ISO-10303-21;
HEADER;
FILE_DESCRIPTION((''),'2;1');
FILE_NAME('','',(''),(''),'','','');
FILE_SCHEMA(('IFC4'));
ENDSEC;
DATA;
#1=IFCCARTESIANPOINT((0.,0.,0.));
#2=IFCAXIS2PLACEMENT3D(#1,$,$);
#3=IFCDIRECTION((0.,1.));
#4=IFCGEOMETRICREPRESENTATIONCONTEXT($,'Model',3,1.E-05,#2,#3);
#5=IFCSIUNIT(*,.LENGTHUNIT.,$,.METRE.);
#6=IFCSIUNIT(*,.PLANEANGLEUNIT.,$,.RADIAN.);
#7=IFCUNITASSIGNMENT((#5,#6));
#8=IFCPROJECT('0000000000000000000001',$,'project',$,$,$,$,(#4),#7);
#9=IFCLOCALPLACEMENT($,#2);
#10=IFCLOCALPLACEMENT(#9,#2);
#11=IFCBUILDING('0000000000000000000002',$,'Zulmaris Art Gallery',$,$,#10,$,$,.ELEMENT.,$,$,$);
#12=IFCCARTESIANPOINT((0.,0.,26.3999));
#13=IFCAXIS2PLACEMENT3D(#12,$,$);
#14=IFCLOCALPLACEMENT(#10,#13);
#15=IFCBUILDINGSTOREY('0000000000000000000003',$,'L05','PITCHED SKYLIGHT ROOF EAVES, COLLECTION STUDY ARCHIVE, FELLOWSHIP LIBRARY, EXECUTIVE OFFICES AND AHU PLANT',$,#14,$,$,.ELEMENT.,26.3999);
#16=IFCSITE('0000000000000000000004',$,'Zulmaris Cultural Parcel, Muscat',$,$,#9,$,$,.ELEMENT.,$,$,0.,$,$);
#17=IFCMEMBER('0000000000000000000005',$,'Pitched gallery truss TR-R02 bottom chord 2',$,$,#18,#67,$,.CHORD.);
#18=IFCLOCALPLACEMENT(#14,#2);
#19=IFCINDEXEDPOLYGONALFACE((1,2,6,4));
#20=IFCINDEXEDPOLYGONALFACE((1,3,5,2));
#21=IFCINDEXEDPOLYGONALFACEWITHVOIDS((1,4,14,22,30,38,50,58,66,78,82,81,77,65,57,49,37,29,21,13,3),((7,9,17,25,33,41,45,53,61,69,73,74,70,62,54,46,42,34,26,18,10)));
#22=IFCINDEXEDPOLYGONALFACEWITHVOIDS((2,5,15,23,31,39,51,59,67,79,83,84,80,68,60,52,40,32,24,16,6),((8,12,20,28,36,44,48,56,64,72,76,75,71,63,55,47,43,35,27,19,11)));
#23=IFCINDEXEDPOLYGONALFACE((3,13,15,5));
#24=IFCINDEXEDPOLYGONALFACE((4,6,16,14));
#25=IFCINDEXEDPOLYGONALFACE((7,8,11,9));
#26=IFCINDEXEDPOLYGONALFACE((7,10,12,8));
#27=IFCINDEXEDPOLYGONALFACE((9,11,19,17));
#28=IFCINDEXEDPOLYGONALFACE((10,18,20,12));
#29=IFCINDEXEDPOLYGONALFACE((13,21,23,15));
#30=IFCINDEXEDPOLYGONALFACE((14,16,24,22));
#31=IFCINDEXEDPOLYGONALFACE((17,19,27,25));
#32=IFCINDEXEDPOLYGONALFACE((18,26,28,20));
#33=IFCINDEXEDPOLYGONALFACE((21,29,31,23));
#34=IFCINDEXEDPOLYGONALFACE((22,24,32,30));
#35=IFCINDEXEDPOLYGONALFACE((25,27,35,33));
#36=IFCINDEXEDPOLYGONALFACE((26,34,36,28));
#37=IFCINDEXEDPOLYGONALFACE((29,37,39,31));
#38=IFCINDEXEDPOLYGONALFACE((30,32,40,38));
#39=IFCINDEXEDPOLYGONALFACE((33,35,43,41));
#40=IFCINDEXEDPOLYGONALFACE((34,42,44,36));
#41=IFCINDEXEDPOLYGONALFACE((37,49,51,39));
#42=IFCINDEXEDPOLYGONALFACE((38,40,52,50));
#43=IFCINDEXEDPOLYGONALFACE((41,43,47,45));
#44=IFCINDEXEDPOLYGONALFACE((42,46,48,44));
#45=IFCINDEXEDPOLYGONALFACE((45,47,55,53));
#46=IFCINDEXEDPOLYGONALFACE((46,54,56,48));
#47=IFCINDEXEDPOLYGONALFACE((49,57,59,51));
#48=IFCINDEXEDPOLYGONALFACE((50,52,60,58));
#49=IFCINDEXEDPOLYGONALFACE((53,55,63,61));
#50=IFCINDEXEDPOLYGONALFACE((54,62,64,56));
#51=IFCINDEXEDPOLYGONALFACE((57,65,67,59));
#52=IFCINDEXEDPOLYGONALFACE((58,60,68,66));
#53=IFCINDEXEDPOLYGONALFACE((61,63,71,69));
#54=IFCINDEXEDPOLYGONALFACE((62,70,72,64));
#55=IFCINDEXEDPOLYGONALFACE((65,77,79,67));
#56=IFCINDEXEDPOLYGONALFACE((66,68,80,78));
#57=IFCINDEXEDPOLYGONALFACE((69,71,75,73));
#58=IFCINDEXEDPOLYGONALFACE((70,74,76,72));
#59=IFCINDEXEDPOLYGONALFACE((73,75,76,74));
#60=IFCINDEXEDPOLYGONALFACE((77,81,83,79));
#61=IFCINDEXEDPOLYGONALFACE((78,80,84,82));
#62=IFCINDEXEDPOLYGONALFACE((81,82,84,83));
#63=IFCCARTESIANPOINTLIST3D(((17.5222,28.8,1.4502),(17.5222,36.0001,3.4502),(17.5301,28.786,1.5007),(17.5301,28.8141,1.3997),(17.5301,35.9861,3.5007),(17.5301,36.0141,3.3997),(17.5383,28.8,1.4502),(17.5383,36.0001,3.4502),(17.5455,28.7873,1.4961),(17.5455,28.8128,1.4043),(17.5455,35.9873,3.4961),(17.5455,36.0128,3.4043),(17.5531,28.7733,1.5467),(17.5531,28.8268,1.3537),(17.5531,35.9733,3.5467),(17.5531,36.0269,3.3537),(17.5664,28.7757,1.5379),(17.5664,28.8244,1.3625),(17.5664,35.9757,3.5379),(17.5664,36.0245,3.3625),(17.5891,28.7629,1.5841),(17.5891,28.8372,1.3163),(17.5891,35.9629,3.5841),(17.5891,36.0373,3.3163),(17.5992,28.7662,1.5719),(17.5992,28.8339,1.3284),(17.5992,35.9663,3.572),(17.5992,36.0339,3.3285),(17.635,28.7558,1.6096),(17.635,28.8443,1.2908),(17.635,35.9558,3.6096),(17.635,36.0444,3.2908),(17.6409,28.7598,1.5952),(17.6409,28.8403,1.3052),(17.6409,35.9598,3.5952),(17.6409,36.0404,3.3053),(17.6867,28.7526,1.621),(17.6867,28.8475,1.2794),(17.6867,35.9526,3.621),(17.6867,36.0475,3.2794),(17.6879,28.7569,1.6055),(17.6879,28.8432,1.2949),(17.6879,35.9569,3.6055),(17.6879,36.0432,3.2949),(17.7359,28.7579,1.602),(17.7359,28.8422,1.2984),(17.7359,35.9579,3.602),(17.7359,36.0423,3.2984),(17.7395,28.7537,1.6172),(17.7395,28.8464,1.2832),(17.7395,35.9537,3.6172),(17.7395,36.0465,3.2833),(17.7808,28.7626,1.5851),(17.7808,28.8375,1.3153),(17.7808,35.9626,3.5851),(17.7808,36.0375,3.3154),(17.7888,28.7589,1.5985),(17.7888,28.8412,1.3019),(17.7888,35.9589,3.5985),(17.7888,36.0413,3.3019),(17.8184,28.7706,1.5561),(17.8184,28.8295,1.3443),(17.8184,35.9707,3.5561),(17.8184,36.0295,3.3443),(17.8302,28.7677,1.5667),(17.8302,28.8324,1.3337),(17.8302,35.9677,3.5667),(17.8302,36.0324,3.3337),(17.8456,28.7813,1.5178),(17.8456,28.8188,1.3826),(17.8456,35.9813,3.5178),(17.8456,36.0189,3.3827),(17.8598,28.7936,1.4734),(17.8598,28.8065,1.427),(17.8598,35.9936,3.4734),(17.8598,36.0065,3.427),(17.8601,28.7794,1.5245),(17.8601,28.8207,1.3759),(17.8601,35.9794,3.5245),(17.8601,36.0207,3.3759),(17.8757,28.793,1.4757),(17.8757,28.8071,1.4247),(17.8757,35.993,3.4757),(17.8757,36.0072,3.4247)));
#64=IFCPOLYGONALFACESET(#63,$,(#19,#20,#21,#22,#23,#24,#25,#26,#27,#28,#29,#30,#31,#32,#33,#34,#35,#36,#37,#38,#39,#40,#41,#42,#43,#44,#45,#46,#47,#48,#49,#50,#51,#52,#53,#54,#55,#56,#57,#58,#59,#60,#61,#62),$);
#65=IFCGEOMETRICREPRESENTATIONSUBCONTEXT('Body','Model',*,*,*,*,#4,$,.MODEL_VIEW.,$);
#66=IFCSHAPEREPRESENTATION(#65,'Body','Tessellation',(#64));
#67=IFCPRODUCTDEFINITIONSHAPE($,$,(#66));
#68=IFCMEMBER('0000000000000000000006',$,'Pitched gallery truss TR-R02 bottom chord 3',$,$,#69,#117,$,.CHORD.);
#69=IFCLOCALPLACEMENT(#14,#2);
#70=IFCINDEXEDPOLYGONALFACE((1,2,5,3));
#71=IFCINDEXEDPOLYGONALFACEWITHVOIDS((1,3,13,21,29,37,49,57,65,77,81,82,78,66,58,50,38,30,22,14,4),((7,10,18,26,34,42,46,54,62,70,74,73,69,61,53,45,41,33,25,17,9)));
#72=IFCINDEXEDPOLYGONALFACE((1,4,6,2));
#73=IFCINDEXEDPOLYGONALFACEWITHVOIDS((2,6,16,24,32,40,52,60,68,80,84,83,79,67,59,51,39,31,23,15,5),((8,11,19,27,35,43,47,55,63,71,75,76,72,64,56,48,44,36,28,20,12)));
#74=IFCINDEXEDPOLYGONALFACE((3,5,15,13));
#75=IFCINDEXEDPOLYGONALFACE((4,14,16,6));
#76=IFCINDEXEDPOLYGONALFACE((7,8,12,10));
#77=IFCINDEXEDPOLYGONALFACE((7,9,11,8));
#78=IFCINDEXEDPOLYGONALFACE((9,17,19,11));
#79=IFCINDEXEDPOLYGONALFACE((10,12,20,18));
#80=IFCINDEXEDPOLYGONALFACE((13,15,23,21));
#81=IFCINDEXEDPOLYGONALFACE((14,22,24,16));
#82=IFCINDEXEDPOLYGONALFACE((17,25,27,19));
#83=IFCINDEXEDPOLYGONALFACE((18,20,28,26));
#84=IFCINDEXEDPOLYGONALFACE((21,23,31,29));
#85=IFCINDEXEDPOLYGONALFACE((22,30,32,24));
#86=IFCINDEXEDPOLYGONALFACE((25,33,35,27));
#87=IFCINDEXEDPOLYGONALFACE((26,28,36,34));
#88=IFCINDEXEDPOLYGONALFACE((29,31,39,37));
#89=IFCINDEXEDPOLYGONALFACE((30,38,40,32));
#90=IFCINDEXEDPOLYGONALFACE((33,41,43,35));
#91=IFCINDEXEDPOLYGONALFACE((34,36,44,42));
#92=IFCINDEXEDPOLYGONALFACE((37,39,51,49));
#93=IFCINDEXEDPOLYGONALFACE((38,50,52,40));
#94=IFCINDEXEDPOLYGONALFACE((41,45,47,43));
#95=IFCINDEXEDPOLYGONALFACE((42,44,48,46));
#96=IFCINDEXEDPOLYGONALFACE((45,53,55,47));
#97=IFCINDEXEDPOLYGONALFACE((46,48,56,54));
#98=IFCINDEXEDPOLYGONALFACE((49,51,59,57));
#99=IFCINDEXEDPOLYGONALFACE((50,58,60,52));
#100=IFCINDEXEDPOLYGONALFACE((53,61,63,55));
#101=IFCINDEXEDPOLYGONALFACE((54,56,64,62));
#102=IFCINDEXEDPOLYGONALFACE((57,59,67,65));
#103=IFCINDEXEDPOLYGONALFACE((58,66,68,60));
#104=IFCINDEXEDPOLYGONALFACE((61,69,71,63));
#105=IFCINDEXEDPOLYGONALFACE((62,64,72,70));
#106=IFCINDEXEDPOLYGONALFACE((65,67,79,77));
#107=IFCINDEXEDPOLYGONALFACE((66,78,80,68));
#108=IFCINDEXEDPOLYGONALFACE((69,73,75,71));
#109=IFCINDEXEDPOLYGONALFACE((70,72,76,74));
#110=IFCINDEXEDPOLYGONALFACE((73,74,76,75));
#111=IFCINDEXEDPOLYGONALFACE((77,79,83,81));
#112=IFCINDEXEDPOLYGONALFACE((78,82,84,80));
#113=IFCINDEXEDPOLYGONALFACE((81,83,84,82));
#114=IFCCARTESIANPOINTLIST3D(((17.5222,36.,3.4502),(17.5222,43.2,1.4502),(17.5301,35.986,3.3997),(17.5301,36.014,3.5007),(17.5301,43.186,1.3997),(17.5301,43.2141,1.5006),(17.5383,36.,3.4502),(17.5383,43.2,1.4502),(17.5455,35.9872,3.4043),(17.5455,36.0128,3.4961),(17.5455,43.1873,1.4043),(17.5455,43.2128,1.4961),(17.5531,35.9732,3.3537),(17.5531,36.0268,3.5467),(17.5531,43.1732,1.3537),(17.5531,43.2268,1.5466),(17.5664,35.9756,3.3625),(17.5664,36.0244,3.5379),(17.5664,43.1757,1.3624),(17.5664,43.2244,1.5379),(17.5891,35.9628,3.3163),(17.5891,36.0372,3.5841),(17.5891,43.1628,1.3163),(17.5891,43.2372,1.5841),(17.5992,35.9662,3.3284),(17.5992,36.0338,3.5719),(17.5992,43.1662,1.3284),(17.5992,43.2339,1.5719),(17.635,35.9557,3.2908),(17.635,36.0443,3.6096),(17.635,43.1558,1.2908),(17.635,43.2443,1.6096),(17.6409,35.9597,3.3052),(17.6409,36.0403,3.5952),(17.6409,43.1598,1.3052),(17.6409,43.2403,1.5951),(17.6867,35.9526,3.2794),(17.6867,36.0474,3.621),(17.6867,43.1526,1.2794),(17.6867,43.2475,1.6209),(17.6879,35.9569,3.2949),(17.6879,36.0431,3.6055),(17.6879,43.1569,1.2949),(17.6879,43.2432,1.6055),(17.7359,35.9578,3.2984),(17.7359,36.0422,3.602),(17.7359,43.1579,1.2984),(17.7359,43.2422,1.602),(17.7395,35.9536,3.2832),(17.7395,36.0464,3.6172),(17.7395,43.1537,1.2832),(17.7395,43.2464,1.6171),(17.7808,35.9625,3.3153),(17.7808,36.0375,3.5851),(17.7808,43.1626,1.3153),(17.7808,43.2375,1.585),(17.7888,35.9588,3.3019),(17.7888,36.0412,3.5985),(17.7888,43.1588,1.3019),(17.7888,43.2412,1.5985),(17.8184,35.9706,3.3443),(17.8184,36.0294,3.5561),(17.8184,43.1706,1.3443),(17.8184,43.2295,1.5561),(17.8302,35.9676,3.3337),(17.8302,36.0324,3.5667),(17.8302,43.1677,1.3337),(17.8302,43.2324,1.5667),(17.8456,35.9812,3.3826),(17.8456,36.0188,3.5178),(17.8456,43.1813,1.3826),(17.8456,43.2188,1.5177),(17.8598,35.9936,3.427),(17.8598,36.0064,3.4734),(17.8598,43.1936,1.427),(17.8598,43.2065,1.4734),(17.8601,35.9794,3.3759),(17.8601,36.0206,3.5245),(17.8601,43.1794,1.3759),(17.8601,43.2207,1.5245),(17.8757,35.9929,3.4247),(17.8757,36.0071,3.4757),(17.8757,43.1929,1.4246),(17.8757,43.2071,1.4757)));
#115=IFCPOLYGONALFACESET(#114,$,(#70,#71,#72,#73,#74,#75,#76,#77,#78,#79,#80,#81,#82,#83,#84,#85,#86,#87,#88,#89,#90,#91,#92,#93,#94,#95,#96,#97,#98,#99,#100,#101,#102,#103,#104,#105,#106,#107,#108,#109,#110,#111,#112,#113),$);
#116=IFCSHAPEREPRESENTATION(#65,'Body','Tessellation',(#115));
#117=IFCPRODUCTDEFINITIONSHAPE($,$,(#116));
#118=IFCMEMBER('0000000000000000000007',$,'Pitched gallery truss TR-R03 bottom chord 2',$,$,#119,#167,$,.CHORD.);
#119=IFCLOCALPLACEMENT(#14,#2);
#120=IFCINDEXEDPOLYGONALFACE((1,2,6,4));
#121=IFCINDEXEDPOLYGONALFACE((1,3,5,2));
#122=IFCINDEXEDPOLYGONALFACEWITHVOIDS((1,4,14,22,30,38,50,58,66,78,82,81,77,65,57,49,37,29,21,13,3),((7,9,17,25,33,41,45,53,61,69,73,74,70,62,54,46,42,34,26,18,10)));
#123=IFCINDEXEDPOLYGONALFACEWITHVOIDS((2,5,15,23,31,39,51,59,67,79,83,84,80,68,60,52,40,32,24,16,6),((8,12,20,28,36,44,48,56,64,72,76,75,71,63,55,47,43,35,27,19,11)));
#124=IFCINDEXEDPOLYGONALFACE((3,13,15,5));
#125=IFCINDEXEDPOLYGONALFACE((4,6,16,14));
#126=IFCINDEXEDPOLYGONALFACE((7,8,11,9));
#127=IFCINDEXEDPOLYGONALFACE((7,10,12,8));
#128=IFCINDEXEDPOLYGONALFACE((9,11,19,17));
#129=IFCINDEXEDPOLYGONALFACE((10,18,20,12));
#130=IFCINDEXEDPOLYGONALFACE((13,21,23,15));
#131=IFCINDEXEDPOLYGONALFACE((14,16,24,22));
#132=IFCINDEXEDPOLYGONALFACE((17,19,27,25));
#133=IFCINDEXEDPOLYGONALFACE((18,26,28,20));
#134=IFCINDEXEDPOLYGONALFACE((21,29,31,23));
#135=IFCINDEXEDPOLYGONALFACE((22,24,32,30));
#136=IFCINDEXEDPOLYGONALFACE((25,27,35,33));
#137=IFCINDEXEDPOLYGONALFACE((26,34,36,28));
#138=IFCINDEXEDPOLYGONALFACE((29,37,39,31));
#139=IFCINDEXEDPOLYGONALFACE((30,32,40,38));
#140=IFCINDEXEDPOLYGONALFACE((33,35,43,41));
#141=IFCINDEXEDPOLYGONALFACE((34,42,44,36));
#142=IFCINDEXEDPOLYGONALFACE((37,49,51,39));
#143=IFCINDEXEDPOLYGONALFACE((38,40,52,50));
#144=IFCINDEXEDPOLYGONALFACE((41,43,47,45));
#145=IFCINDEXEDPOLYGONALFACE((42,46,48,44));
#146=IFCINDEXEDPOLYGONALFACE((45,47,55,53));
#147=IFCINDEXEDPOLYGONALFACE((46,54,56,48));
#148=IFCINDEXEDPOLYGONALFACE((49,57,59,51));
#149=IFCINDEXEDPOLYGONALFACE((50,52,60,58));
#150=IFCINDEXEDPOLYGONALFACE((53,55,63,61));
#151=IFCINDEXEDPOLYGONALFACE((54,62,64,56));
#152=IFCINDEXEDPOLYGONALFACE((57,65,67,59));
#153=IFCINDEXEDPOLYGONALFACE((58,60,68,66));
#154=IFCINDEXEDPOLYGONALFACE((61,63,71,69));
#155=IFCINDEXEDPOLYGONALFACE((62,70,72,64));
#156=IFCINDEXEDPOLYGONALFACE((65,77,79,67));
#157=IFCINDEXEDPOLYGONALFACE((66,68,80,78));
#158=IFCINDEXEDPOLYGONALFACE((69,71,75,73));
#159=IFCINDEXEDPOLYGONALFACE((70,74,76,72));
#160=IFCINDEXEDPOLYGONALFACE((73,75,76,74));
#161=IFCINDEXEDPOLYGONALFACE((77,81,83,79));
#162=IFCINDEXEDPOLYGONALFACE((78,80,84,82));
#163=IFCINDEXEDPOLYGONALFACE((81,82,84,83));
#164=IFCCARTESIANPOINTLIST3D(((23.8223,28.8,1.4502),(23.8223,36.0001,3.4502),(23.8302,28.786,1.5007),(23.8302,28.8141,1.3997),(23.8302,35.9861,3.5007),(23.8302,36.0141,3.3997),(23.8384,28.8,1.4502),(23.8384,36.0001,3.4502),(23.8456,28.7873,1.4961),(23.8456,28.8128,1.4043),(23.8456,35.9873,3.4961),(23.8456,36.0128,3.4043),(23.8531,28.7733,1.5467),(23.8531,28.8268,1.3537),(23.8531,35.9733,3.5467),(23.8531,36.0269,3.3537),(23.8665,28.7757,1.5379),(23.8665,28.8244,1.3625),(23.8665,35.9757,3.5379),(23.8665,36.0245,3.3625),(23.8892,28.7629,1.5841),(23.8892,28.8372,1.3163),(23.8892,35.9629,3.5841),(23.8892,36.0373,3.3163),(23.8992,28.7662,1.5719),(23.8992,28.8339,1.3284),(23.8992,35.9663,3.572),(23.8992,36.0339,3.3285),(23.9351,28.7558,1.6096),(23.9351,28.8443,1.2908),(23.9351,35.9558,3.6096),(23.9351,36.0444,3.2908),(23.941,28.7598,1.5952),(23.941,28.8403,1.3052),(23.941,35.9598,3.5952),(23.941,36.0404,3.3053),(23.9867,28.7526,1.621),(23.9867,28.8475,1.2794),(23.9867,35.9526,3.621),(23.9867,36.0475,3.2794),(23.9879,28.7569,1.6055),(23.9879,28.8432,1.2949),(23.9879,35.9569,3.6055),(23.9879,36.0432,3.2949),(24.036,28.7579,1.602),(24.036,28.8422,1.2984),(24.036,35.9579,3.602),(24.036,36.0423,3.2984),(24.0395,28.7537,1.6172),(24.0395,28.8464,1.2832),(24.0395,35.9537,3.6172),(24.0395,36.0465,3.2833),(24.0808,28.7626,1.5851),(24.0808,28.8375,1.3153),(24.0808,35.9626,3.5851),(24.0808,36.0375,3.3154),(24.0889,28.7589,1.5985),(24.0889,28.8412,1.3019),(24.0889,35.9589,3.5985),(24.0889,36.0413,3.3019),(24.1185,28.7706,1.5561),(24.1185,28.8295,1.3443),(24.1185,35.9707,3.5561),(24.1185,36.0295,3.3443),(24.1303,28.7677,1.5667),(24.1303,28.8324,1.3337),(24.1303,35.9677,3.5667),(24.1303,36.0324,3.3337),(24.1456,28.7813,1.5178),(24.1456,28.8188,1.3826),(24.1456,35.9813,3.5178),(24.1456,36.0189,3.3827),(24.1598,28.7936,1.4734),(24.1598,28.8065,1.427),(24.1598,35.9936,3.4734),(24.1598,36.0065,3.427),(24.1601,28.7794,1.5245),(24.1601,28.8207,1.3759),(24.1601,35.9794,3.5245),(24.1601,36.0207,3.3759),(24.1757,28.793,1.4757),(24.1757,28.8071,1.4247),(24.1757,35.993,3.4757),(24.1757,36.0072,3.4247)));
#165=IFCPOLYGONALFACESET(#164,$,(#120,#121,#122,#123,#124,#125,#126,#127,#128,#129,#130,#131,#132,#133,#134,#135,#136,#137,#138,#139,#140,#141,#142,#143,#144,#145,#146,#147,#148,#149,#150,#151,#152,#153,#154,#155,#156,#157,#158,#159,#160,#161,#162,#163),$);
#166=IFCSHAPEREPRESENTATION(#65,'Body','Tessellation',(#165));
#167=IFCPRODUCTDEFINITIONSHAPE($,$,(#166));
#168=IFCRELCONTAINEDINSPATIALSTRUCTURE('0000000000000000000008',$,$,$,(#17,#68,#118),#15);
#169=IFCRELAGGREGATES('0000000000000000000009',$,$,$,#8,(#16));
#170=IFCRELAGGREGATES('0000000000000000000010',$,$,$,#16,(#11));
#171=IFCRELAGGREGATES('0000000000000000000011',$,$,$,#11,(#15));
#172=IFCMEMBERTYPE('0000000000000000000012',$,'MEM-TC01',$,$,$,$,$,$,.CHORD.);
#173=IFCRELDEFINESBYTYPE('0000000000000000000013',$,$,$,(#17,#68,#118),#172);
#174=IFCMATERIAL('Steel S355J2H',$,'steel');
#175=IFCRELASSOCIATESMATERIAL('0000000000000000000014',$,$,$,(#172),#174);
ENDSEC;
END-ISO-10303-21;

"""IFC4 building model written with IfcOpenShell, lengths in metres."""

from ifc_helpers import new_model, si_unit, direction, frame, origin, origin_2d, place, context, subcontext, project, spatial, hollow_circle, extrude, material, material_profile, profile_set, type_object, element, save


model = new_model("IFC4")

# Units and contexts
model_context = context("Model", 3, precision=1e-05, world=origin(), true_north=direction((0.0, 1.0)))
body_context = subcontext(model_context, "Body", "Model", "MODEL_VIEW")
ifc_project = project(units=[si_unit("LENGTHUNIT", "METRE"), si_unit("PLANEANGLEUNIT", "RADIAN")], contexts=[model_context])

# Site, building, storey
site_placement = place(None, origin())
site = spatial("IfcSite", under=ifc_project, at=site_placement, Name="Zulmaris Cultural Parcel, Muscat", CompositionType="ELEMENT", RefElevation=0.0)
building_placement = place(site_placement, origin())
building = spatial("IfcBuilding", under=site, at=building_placement, Name="Zulmaris Art Gallery", CompositionType="ELEMENT")
storey_placement = place(building_placement, frame((0.0, 0.0, 26.3999)))
storey = spatial("IfcBuildingStorey", under=building, at=storey_placement, Name="L05", Description="PITCHED SKYLIGHT ROOF EAVES, COLLECTION STUDY ARCHIVE, FELLOWSHIP LIBRARY, EXECUTIVE OFFICES AND AHU PLANT", CompositionType="ELEMENT", Elevation=26.3999)

# Members
ifc_material_1 = material(Name="Steel S355J2H", Category="steel")
ifc_material_profile_1 = material_profile(ifc_material_1, hollow_circle(Radius=0.1777, WallThickness=0.0161, at=origin_2d()), Name="CHS 355.6x16")
ifc_profile_set_1 = profile_set([ifc_material_profile_1], Name="Steel S355J2H")
member_type_1 = type_object("IfcMemberType", Name="MEM-TC01", PredefinedType="CHORD", material=ifc_profile_set_1)
for number, where, z_axis, x_axis, name in (
    (1, (17.7, 28.8, 1.4502), (0.0, 0.963517, 0.267646), (-1.0, 0.0, 0.0), "Pitched gallery truss TR-R02 bottom chord 2"),
    (2, (17.7, 36.0, 3.4502), (0.0, 0.963517, -0.267646), (-1.0, 0.0, 0.0), "Pitched gallery truss TR-R02 bottom chord 3"),
    (3, (24.0, 28.8, 1.4502), (0.0, 0.963517, 0.267646), (-1.0, 0.0, 0.0), "Pitched gallery truss TR-R03 bottom chord 2"),
):
    element("IfcMember", number, at=place(storey_placement, frame(where, z_axis=z_axis, x_axis=x_axis)), inside=storey, type_object=member_type_1, Name=name, PredefinedType="CHORD", context=body_context, shape_type="SweptSolid", body=[
        extrude(hollow_circle(Radius=0.1777, WallThickness=0.0161, at=origin_2d()), origin(), (0.0, 0.0, 1.0), 7.4727),
    ])

save(model, "model.ifc")
